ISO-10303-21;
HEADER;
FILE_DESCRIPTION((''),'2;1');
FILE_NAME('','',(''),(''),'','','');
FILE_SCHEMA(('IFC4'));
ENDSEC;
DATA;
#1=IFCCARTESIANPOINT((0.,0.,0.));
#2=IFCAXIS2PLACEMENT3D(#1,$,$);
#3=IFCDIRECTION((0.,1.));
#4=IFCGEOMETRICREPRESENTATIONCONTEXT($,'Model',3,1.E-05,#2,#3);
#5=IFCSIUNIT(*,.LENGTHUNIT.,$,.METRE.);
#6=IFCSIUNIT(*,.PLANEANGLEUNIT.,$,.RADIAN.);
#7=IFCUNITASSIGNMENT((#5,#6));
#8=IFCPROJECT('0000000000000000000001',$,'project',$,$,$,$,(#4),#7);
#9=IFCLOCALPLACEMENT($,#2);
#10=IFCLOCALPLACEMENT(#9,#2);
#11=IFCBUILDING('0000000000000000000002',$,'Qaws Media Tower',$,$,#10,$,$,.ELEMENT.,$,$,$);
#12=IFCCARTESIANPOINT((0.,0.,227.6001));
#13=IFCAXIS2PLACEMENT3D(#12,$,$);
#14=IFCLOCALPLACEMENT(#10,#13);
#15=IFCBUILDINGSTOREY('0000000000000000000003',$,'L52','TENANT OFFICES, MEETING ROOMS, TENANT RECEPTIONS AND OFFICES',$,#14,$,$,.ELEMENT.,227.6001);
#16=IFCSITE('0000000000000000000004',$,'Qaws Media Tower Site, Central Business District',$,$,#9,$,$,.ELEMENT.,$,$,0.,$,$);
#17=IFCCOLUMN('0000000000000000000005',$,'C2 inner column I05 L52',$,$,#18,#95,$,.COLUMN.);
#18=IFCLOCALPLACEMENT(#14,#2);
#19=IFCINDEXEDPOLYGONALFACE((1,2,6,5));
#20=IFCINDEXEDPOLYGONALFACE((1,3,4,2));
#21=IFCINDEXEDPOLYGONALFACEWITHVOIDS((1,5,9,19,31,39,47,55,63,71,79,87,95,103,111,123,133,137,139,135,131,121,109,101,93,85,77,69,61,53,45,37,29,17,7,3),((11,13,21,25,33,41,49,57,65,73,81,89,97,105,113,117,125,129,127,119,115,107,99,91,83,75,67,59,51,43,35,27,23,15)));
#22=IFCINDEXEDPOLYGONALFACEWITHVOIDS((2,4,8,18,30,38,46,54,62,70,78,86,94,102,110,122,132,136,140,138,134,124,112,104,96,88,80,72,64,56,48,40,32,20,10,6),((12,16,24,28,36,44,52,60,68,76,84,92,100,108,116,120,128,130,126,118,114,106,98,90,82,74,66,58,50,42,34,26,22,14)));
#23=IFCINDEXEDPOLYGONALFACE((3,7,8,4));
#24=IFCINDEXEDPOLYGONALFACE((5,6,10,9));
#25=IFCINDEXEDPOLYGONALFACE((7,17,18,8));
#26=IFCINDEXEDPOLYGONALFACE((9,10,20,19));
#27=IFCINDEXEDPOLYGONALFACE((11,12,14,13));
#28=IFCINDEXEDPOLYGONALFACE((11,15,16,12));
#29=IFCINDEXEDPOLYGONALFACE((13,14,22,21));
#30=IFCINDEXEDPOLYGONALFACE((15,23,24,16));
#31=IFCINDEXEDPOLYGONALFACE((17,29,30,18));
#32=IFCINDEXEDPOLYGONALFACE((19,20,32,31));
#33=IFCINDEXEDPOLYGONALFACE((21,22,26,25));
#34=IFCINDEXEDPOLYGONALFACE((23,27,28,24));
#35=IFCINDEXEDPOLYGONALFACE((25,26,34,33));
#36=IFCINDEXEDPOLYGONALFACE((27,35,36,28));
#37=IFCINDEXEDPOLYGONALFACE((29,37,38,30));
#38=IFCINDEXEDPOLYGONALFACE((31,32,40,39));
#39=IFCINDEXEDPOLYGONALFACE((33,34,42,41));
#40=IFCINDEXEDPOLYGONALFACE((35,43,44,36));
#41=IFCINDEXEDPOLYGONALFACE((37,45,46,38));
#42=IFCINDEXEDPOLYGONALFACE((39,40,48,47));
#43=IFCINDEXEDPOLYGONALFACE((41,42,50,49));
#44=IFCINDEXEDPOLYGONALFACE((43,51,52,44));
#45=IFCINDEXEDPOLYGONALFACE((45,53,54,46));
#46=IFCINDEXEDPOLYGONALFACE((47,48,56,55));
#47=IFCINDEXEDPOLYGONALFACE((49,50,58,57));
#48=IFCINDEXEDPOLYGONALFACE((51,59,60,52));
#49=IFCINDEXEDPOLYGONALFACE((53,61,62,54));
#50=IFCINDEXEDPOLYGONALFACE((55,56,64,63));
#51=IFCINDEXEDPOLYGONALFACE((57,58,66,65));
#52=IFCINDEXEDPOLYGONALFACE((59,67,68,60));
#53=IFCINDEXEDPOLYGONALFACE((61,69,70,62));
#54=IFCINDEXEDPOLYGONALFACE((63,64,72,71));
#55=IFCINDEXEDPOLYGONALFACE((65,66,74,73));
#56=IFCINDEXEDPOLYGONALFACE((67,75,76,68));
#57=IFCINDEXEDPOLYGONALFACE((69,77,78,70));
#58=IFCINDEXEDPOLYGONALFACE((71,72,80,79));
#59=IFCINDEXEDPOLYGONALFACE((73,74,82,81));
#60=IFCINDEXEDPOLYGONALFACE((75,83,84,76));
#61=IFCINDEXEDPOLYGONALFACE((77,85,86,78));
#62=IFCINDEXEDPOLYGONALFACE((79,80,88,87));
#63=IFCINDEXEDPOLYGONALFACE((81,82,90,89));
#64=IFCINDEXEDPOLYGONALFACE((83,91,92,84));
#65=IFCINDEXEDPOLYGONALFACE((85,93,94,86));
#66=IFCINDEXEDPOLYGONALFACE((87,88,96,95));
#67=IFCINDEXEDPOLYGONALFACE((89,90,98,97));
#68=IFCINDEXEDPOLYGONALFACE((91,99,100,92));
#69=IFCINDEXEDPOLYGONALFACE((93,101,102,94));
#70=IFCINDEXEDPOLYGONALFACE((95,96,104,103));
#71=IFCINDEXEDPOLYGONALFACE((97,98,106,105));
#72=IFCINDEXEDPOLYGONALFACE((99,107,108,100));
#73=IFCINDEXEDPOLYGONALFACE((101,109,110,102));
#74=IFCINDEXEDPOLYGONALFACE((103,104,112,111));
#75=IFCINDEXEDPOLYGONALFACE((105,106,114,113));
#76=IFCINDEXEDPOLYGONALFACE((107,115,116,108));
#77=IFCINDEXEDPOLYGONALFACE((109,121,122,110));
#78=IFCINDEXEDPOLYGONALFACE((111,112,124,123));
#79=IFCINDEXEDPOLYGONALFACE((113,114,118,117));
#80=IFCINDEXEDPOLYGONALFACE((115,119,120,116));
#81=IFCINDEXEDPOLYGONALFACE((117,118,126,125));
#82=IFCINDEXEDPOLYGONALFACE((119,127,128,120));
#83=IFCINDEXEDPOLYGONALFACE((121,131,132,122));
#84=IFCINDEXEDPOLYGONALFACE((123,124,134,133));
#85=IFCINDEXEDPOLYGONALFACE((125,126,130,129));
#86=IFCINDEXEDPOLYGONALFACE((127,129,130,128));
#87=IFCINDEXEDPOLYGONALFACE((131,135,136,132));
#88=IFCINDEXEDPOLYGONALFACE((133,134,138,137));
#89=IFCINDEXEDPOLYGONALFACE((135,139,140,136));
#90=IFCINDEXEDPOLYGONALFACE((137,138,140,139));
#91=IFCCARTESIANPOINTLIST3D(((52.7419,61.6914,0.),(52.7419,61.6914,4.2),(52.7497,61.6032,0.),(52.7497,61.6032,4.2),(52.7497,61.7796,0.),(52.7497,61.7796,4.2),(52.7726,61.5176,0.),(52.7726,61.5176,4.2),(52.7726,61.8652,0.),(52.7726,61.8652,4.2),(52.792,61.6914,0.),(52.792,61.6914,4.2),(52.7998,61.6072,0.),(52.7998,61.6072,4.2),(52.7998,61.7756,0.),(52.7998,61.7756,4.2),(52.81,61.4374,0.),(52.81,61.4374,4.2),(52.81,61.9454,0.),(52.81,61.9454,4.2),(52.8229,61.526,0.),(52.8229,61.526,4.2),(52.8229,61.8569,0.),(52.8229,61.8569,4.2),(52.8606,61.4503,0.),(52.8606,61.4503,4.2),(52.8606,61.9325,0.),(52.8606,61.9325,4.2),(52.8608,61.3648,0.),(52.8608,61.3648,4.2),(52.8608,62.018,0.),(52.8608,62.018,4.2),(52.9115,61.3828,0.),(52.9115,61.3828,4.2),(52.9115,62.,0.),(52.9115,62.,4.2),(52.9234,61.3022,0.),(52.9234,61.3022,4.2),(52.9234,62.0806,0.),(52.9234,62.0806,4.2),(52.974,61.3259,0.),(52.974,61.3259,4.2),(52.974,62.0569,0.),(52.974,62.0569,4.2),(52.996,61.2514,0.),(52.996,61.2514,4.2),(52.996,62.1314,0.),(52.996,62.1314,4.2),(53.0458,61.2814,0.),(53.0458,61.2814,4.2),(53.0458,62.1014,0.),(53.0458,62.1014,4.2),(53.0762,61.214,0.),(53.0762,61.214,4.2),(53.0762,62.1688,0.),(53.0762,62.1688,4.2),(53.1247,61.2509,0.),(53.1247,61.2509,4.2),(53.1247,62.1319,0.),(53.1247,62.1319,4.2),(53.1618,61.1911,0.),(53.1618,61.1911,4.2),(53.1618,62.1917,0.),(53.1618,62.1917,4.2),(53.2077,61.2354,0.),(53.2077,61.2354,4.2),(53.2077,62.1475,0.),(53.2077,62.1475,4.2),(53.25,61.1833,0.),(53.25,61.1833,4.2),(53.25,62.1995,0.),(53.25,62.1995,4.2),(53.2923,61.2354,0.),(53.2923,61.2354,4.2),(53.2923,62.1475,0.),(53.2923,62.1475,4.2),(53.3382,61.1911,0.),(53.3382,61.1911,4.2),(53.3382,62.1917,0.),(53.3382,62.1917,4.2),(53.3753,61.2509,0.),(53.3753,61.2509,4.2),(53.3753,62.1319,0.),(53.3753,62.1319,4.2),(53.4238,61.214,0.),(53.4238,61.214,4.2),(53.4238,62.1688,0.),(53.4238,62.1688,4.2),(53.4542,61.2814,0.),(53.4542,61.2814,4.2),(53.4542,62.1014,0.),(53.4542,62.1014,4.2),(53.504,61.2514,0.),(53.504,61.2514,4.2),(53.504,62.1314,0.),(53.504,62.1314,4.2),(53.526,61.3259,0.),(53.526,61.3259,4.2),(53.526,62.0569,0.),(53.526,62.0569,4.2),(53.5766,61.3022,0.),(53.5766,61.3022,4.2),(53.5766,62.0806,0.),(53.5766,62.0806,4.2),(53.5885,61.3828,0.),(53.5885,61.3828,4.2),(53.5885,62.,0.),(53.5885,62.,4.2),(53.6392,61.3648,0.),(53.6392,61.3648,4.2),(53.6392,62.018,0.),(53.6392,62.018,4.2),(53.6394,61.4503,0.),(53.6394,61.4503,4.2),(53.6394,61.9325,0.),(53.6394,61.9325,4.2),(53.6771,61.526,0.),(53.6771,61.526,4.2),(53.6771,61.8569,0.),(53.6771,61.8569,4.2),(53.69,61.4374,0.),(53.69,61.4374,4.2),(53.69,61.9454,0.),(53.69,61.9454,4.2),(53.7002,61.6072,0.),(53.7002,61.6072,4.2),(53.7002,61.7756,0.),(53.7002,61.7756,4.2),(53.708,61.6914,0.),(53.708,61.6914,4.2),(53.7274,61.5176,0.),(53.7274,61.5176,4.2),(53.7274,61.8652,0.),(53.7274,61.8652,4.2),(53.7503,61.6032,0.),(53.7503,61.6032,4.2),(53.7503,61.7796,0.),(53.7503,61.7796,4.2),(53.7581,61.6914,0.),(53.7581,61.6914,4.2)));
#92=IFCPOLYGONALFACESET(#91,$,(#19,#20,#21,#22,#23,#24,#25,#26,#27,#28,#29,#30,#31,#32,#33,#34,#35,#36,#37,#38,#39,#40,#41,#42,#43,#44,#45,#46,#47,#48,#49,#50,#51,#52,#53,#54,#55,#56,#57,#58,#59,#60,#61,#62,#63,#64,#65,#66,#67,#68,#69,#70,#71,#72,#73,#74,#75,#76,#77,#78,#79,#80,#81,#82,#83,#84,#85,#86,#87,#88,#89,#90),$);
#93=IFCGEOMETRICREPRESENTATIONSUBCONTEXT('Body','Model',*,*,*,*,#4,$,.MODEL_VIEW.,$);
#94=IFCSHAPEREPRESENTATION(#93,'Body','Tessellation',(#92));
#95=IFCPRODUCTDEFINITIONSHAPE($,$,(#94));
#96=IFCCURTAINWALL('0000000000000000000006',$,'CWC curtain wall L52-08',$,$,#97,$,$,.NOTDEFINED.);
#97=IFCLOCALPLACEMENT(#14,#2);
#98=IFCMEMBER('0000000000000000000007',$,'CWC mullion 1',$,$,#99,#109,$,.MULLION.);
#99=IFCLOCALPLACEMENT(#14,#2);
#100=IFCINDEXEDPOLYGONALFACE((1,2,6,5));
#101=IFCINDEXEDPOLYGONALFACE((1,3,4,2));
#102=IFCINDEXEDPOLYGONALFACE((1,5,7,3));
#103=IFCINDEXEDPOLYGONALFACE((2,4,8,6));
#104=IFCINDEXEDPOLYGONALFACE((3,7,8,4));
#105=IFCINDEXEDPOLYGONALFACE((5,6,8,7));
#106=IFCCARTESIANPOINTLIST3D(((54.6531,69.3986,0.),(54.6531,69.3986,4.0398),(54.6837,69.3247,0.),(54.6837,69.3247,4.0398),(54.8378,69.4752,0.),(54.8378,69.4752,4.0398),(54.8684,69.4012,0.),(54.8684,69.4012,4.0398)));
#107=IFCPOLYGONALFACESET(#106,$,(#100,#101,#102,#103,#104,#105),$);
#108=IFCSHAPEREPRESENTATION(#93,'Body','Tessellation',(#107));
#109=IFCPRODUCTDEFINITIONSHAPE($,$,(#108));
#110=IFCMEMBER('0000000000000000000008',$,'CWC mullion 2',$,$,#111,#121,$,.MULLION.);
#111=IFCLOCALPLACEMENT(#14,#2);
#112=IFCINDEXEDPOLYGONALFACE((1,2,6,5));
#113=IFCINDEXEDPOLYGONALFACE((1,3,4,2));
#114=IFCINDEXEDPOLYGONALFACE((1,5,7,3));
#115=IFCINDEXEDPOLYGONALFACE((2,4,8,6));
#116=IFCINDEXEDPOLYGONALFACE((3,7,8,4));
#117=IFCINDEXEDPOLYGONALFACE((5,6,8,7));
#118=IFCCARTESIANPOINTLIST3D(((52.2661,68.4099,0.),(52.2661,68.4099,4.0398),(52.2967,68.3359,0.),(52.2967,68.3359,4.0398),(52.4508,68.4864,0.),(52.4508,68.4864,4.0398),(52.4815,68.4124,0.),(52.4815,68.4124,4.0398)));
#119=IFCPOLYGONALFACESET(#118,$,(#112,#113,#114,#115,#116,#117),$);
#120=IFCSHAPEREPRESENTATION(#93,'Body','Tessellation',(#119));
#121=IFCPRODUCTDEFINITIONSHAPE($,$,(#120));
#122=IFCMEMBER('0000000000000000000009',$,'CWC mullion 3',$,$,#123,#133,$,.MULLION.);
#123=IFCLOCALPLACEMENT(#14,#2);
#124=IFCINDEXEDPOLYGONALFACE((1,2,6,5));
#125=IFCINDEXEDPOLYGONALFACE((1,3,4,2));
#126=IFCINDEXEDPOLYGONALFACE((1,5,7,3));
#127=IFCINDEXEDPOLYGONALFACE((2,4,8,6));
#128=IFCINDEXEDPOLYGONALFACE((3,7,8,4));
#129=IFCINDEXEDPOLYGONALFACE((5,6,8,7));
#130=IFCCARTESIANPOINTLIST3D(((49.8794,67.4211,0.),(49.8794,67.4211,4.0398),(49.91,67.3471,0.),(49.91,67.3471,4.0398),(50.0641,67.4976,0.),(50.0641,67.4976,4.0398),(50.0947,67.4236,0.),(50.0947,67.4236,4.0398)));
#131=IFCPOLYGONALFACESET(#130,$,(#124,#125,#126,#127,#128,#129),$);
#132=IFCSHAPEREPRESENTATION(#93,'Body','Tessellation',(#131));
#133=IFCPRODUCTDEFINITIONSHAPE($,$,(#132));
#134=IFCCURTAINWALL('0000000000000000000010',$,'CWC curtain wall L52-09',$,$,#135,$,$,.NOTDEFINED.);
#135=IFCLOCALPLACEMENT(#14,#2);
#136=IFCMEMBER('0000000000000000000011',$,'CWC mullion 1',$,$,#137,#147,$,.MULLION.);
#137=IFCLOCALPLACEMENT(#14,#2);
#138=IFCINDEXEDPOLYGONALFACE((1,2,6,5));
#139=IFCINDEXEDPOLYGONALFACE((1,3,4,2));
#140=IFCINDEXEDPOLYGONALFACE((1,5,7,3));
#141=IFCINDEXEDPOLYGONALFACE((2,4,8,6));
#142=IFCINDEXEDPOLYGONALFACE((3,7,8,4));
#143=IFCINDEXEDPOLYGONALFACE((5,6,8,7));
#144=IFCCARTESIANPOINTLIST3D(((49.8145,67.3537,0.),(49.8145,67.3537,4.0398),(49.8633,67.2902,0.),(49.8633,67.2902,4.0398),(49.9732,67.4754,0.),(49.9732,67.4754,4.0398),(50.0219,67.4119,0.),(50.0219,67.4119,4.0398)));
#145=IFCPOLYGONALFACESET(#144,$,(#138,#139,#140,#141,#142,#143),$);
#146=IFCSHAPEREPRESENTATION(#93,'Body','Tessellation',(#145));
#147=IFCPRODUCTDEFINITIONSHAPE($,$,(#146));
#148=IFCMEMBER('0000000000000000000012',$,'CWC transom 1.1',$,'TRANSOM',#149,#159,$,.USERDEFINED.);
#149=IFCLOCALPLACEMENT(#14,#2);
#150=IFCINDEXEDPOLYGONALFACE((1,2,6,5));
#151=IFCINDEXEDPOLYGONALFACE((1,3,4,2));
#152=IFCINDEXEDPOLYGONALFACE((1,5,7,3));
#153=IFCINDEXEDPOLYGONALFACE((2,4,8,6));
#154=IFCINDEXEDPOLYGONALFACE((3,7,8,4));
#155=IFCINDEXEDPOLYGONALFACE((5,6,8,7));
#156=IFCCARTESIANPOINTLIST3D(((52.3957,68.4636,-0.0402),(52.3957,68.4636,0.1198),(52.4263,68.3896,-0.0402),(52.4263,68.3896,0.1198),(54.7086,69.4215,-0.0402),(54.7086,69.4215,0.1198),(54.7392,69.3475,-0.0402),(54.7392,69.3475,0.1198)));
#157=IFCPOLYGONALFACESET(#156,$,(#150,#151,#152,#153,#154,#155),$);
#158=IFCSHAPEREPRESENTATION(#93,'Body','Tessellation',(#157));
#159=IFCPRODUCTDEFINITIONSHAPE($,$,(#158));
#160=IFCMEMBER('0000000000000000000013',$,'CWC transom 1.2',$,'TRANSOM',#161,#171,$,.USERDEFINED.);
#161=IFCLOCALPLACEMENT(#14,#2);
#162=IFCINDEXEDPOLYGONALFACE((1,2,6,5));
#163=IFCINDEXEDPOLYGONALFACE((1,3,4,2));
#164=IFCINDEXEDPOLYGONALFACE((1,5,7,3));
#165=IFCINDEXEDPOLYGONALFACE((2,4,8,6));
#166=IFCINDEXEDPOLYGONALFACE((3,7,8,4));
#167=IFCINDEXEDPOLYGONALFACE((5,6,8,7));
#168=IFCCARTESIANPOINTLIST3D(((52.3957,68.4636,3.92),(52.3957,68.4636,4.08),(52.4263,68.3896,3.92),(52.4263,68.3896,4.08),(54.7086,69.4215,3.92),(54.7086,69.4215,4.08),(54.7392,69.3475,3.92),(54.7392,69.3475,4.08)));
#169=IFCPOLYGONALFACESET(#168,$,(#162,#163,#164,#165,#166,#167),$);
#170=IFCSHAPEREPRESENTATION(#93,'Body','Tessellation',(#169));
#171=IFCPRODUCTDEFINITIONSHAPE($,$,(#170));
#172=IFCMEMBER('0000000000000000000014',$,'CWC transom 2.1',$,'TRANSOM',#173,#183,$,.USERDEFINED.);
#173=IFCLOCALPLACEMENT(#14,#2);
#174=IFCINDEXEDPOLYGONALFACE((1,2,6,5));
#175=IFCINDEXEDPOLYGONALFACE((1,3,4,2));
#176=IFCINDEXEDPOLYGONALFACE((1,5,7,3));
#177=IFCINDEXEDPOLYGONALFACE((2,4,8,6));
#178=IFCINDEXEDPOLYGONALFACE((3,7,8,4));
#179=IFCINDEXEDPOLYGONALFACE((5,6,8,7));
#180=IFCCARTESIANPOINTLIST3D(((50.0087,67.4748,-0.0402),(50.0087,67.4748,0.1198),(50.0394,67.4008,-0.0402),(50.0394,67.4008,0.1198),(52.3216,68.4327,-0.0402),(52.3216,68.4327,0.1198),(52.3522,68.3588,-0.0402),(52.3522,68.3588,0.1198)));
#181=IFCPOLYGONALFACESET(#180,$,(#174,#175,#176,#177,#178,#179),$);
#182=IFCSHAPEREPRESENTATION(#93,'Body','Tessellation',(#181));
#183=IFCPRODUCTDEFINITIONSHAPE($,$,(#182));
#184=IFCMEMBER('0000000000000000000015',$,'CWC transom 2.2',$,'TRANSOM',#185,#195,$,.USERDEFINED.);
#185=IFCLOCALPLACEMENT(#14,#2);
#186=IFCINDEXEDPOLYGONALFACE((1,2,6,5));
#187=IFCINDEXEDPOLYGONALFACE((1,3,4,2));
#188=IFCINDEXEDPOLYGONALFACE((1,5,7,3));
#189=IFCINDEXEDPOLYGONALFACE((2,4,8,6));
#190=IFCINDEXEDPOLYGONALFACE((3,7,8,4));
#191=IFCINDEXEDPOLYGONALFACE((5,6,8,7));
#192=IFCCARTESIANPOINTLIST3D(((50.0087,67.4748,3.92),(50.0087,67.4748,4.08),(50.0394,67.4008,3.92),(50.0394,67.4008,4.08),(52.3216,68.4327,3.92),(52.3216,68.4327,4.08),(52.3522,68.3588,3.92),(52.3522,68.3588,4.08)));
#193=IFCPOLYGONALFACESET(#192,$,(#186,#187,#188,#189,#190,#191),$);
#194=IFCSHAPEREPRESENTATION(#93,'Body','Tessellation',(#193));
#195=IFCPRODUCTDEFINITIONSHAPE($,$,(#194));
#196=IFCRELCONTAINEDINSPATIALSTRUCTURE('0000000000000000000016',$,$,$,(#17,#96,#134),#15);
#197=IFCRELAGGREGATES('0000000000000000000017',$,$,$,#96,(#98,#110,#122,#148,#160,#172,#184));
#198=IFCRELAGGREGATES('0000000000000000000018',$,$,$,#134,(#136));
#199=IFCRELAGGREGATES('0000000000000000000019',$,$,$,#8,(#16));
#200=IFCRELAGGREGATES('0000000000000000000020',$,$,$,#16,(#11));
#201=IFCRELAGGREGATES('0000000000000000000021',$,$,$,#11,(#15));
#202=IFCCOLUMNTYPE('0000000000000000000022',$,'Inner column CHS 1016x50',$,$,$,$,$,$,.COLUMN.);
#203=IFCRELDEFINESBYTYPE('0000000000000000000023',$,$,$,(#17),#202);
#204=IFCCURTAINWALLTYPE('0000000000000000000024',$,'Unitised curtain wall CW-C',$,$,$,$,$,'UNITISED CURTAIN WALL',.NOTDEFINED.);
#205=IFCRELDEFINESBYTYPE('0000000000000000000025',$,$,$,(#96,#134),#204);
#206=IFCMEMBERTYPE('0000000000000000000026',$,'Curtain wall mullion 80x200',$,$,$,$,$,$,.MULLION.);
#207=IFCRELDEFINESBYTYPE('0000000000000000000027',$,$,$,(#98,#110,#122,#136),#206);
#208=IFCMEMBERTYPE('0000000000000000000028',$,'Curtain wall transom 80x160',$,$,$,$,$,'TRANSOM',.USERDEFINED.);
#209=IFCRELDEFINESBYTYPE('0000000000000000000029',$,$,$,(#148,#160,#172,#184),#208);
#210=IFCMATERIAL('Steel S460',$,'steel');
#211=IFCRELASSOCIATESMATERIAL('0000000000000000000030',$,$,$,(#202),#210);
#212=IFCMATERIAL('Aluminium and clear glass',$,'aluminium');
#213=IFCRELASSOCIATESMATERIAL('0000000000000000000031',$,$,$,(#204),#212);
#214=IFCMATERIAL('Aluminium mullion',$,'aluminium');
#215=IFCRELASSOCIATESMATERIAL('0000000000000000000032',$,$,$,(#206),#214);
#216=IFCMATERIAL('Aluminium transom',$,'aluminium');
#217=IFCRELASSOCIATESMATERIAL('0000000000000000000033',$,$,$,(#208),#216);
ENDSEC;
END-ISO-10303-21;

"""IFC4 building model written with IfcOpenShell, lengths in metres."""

from ifc_helpers import new_model, si_unit, direction, frame, origin, origin_2d, place, context, subcontext, project, spatial, rectangle, hollow_circle, extrude, material, material_profile, profile_set, type_object, element, aggregate, save


model = new_model("IFC4")

# Units and contexts
model_context = context("Model", 3, precision=1e-05, world=origin(), true_north=direction((0.0, 1.0)))
body_context = subcontext(model_context, "Body", "Model", "MODEL_VIEW")
ifc_project = project(units=[si_unit("LENGTHUNIT", "METRE"), si_unit("PLANEANGLEUNIT", "RADIAN")], contexts=[model_context])

# Site, building, storey
site_placement = place(None, origin())
site = spatial("IfcSite", under=ifc_project, at=site_placement, Name="Qaws Media Tower Site, Central Business District", CompositionType="ELEMENT", RefElevation=0.0)
building_placement = place(site_placement, origin())
building = spatial("IfcBuilding", under=site, at=building_placement, Name="Qaws Media Tower", CompositionType="ELEMENT")
storey_placement = place(building_placement, frame((0.0, 0.0, 227.6001)))
storey = spatial("IfcBuildingStorey", under=building, at=storey_placement, Name="L52", Description="TENANT OFFICES, MEETING ROOMS, TENANT RECEPTIONS AND OFFICES", CompositionType="ELEMENT", Elevation=227.6001)

# Column
ifc_material_1 = material(Name="Steel S460", Category="steel")
ifc_material_profile_1 = material_profile(ifc_material_1, hollow_circle(Radius=0.5081, WallThickness=0.05, at=origin_2d()), Name="CHS 1016x50")
ifc_profile_set_1 = profile_set([ifc_material_profile_1], Name="Steel S460")
column_type = type_object("IfcColumnType", Name="Inner column CHS 1016x50", PredefinedType="COLUMN", material=ifc_profile_set_1)
column_placement = place(storey_placement, frame((53.25, 61.6914, 0.0), z_axis=(0.0, 0.0, 1.0), x_axis=(1.0, 0.0, 0.0)))
element("IfcColumn", 1, at=column_placement, inside=storey, type_object=column_type, Name="C2 inner column I05 L52", PredefinedType="COLUMN", context=body_context, shape_type="SweptSolid", body=[
    extrude(hollow_circle(Radius=0.5081, WallThickness=0.05, at=origin_2d()), origin(), (0.0, 0.0, 1.0), 4.2),
])

# Curtain wall, members
ifc_material_2 = material(Name="Aluminium and clear glass", Category="aluminium")
curtain_wall_type = type_object("IfcCurtainWallType", Name="Unitised curtain wall CW-C", ElementType="UNITISED CURTAIN WALL", PredefinedType="NOTDEFINED", material=ifc_material_2)
curtain_wall_1_placement = place(storey_placement, origin())
curtain_wall_1 = element("IfcCurtainWall", 2, at=curtain_wall_1_placement, inside=storey, type_object=curtain_wall_type, Name="CWC curtain wall L52-08", PredefinedType="NOTDEFINED")
ifc_material_3 = material(Name="Aluminium mullion", Category="aluminium")
ifc_material_profile_2 = material_profile(ifc_material_3, rectangle(XDim=0.0801, YDim=0.2, at=origin_2d()), Name="80x200")
ifc_profile_set_2 = profile_set([ifc_material_profile_2], Name="Aluminium mullion")
member_type_1 = type_object("IfcMemberType", Name="Curtain wall mullion 80x200", PredefinedType="MULLION", material=ifc_profile_set_2)
member_1_placement = place(storey_placement, frame((54.7607, 69.3999, 0.0), z_axis=(0.0, 0.0, 1.0), x_axis=(0.382683, -0.92388, 0.0)))
member_1 = element("IfcMember", 3, at=member_1_placement, type_object=member_type_1, Name="CWC mullion 1", PredefinedType="MULLION", context=body_context, shape_type="SweptSolid", body=[
    extrude(rectangle(XDim=0.0801, YDim=0.2, at=origin_2d()), origin(), (0.0, 0.0, 1.0), 4.0398),
])
member_2_placement = place(storey_placement, frame((52.3738, 68.4111, 0.0), z_axis=(0.0, 0.0, 1.0), x_axis=(0.382683, -0.92388, 0.0)))
member_2 = element("IfcMember", 4, at=member_2_placement, type_object=member_type_1, Name="CWC mullion 2", PredefinedType="MULLION", context=body_context, shape_type="SweptSolid", body=[
    extrude(rectangle(XDim=0.0801, YDim=0.2, at=origin_2d()), origin(), (0.0, 0.0, 1.0), 4.0398),
])
member_3_placement = place(storey_placement, frame((49.9871, 67.4224, 0.0), z_axis=(0.0, 0.0, 1.0), x_axis=(0.382683, -0.92388, 0.0)))
member_3 = element("IfcMember", 5, at=member_3_placement, type_object=member_type_1, Name="CWC mullion 3", PredefinedType="MULLION", context=body_context, shape_type="SweptSolid", body=[
    extrude(rectangle(XDim=0.0801, YDim=0.2, at=origin_2d()), origin(), (0.0, 0.0, 1.0), 4.0398),
])

# Curtain wall, member
curtain_wall_2_placement = place(storey_placement, origin())
curtain_wall_2 = element("IfcCurtainWall", 6, at=curtain_wall_2_placement, inside=storey, type_object=curtain_wall_type, Name="CWC curtain wall L52-09", PredefinedType="NOTDEFINED")
member_4_placement = place(storey_placement, frame((49.9182, 67.3828, 0.0), z_axis=(0.0, 0.0, 1.0), x_axis=(0.608762, -0.793353, 0.0)))
member_4 = element("IfcMember", 7, at=member_4_placement, type_object=member_type_1, Name="CWC mullion 1", PredefinedType="MULLION", context=body_context, shape_type="SweptSolid", body=[
    extrude(rectangle(XDim=0.0801, YDim=0.2, at=origin_2d()), origin(), (0.0, 0.0, 1.0), 4.0398),
])

# Members
ifc_material_4 = material(Name="Aluminium transom", Category="aluminium")
ifc_material_profile_3 = material_profile(ifc_material_4, rectangle(XDim=0.0801, YDim=0.1599, at=origin_2d()), Name="80x160")
ifc_profile_set_3 = profile_set([ifc_material_profile_3], Name="Aluminium transom")
member_type_2 = type_object("IfcMemberType", Name="Curtain wall transom 80x160", ElementType="TRANSOM", PredefinedType="USERDEFINED", material=ifc_profile_set_3)
member_5_placement = place(storey_placement, frame((54.7239, 69.3845, 0.0398), z_axis=(-0.923888, -0.382662, 0.0), x_axis=(0.382662, -0.923888, 0.0)))
member_5 = element("IfcMember", 8, at=member_5_placement, type_object=member_type_2, Name="CWC transom 1.1", ObjectType="TRANSOM", PredefinedType="USERDEFINED", context=body_context, shape_type="SweptSolid", body=[
    extrude(rectangle(XDim=0.0801, YDim=0.1599, at=origin_2d()), origin(), (0.0, 0.0, 1.0), 2.5034),
])
member_6_placement = place(storey_placement, frame((54.7239, 69.3845, 4.0), z_axis=(-0.923888, -0.382662, 0.0), x_axis=(0.382662, -0.923888, 0.0)))
member_6 = element("IfcMember", 9, at=member_6_placement, type_object=member_type_2, Name="CWC transom 1.2", ObjectType="TRANSOM", PredefinedType="USERDEFINED", context=body_context, shape_type="SweptSolid", body=[
    extrude(rectangle(XDim=0.0801, YDim=0.1599, at=origin_2d()), origin(), (0.0, 0.0, 1.0), 2.5034),
])
member_7_placement = place(storey_placement, frame((52.3369, 68.3958, 0.0398), z_axis=(-0.923888, -0.382662, 0.0), x_axis=(0.382662, -0.923888, 0.0)))
member_7 = element("IfcMember", 10, at=member_7_placement, type_object=member_type_2, Name="CWC transom 2.1", ObjectType="TRANSOM", PredefinedType="USERDEFINED", context=body_context, shape_type="SweptSolid", body=[
    extrude(rectangle(XDim=0.0801, YDim=0.1599, at=origin_2d()), origin(), (0.0, 0.0, 1.0), 2.5034),
])
member_8_placement = place(storey_placement, frame((52.3369, 68.3958, 4.0), z_axis=(-0.923888, -0.382662, 0.0), x_axis=(0.382662, -0.923888, 0.0)))
member_8 = element("IfcMember", 11, at=member_8_placement, type_object=member_type_2, Name="CWC transom 2.2", ObjectType="TRANSOM", PredefinedType="USERDEFINED", context=body_context, shape_type="SweptSolid", body=[
    extrude(rectangle(XDim=0.0801, YDim=0.1599, at=origin_2d()), origin(), (0.0, 0.0, 1.0), 2.5034),
])

aggregate(curtain_wall_1, [member_1, member_2, member_3, member_5, member_6, member_7, member_8])
aggregate(curtain_wall_2, [member_4])

save(model, "model.ifc")
